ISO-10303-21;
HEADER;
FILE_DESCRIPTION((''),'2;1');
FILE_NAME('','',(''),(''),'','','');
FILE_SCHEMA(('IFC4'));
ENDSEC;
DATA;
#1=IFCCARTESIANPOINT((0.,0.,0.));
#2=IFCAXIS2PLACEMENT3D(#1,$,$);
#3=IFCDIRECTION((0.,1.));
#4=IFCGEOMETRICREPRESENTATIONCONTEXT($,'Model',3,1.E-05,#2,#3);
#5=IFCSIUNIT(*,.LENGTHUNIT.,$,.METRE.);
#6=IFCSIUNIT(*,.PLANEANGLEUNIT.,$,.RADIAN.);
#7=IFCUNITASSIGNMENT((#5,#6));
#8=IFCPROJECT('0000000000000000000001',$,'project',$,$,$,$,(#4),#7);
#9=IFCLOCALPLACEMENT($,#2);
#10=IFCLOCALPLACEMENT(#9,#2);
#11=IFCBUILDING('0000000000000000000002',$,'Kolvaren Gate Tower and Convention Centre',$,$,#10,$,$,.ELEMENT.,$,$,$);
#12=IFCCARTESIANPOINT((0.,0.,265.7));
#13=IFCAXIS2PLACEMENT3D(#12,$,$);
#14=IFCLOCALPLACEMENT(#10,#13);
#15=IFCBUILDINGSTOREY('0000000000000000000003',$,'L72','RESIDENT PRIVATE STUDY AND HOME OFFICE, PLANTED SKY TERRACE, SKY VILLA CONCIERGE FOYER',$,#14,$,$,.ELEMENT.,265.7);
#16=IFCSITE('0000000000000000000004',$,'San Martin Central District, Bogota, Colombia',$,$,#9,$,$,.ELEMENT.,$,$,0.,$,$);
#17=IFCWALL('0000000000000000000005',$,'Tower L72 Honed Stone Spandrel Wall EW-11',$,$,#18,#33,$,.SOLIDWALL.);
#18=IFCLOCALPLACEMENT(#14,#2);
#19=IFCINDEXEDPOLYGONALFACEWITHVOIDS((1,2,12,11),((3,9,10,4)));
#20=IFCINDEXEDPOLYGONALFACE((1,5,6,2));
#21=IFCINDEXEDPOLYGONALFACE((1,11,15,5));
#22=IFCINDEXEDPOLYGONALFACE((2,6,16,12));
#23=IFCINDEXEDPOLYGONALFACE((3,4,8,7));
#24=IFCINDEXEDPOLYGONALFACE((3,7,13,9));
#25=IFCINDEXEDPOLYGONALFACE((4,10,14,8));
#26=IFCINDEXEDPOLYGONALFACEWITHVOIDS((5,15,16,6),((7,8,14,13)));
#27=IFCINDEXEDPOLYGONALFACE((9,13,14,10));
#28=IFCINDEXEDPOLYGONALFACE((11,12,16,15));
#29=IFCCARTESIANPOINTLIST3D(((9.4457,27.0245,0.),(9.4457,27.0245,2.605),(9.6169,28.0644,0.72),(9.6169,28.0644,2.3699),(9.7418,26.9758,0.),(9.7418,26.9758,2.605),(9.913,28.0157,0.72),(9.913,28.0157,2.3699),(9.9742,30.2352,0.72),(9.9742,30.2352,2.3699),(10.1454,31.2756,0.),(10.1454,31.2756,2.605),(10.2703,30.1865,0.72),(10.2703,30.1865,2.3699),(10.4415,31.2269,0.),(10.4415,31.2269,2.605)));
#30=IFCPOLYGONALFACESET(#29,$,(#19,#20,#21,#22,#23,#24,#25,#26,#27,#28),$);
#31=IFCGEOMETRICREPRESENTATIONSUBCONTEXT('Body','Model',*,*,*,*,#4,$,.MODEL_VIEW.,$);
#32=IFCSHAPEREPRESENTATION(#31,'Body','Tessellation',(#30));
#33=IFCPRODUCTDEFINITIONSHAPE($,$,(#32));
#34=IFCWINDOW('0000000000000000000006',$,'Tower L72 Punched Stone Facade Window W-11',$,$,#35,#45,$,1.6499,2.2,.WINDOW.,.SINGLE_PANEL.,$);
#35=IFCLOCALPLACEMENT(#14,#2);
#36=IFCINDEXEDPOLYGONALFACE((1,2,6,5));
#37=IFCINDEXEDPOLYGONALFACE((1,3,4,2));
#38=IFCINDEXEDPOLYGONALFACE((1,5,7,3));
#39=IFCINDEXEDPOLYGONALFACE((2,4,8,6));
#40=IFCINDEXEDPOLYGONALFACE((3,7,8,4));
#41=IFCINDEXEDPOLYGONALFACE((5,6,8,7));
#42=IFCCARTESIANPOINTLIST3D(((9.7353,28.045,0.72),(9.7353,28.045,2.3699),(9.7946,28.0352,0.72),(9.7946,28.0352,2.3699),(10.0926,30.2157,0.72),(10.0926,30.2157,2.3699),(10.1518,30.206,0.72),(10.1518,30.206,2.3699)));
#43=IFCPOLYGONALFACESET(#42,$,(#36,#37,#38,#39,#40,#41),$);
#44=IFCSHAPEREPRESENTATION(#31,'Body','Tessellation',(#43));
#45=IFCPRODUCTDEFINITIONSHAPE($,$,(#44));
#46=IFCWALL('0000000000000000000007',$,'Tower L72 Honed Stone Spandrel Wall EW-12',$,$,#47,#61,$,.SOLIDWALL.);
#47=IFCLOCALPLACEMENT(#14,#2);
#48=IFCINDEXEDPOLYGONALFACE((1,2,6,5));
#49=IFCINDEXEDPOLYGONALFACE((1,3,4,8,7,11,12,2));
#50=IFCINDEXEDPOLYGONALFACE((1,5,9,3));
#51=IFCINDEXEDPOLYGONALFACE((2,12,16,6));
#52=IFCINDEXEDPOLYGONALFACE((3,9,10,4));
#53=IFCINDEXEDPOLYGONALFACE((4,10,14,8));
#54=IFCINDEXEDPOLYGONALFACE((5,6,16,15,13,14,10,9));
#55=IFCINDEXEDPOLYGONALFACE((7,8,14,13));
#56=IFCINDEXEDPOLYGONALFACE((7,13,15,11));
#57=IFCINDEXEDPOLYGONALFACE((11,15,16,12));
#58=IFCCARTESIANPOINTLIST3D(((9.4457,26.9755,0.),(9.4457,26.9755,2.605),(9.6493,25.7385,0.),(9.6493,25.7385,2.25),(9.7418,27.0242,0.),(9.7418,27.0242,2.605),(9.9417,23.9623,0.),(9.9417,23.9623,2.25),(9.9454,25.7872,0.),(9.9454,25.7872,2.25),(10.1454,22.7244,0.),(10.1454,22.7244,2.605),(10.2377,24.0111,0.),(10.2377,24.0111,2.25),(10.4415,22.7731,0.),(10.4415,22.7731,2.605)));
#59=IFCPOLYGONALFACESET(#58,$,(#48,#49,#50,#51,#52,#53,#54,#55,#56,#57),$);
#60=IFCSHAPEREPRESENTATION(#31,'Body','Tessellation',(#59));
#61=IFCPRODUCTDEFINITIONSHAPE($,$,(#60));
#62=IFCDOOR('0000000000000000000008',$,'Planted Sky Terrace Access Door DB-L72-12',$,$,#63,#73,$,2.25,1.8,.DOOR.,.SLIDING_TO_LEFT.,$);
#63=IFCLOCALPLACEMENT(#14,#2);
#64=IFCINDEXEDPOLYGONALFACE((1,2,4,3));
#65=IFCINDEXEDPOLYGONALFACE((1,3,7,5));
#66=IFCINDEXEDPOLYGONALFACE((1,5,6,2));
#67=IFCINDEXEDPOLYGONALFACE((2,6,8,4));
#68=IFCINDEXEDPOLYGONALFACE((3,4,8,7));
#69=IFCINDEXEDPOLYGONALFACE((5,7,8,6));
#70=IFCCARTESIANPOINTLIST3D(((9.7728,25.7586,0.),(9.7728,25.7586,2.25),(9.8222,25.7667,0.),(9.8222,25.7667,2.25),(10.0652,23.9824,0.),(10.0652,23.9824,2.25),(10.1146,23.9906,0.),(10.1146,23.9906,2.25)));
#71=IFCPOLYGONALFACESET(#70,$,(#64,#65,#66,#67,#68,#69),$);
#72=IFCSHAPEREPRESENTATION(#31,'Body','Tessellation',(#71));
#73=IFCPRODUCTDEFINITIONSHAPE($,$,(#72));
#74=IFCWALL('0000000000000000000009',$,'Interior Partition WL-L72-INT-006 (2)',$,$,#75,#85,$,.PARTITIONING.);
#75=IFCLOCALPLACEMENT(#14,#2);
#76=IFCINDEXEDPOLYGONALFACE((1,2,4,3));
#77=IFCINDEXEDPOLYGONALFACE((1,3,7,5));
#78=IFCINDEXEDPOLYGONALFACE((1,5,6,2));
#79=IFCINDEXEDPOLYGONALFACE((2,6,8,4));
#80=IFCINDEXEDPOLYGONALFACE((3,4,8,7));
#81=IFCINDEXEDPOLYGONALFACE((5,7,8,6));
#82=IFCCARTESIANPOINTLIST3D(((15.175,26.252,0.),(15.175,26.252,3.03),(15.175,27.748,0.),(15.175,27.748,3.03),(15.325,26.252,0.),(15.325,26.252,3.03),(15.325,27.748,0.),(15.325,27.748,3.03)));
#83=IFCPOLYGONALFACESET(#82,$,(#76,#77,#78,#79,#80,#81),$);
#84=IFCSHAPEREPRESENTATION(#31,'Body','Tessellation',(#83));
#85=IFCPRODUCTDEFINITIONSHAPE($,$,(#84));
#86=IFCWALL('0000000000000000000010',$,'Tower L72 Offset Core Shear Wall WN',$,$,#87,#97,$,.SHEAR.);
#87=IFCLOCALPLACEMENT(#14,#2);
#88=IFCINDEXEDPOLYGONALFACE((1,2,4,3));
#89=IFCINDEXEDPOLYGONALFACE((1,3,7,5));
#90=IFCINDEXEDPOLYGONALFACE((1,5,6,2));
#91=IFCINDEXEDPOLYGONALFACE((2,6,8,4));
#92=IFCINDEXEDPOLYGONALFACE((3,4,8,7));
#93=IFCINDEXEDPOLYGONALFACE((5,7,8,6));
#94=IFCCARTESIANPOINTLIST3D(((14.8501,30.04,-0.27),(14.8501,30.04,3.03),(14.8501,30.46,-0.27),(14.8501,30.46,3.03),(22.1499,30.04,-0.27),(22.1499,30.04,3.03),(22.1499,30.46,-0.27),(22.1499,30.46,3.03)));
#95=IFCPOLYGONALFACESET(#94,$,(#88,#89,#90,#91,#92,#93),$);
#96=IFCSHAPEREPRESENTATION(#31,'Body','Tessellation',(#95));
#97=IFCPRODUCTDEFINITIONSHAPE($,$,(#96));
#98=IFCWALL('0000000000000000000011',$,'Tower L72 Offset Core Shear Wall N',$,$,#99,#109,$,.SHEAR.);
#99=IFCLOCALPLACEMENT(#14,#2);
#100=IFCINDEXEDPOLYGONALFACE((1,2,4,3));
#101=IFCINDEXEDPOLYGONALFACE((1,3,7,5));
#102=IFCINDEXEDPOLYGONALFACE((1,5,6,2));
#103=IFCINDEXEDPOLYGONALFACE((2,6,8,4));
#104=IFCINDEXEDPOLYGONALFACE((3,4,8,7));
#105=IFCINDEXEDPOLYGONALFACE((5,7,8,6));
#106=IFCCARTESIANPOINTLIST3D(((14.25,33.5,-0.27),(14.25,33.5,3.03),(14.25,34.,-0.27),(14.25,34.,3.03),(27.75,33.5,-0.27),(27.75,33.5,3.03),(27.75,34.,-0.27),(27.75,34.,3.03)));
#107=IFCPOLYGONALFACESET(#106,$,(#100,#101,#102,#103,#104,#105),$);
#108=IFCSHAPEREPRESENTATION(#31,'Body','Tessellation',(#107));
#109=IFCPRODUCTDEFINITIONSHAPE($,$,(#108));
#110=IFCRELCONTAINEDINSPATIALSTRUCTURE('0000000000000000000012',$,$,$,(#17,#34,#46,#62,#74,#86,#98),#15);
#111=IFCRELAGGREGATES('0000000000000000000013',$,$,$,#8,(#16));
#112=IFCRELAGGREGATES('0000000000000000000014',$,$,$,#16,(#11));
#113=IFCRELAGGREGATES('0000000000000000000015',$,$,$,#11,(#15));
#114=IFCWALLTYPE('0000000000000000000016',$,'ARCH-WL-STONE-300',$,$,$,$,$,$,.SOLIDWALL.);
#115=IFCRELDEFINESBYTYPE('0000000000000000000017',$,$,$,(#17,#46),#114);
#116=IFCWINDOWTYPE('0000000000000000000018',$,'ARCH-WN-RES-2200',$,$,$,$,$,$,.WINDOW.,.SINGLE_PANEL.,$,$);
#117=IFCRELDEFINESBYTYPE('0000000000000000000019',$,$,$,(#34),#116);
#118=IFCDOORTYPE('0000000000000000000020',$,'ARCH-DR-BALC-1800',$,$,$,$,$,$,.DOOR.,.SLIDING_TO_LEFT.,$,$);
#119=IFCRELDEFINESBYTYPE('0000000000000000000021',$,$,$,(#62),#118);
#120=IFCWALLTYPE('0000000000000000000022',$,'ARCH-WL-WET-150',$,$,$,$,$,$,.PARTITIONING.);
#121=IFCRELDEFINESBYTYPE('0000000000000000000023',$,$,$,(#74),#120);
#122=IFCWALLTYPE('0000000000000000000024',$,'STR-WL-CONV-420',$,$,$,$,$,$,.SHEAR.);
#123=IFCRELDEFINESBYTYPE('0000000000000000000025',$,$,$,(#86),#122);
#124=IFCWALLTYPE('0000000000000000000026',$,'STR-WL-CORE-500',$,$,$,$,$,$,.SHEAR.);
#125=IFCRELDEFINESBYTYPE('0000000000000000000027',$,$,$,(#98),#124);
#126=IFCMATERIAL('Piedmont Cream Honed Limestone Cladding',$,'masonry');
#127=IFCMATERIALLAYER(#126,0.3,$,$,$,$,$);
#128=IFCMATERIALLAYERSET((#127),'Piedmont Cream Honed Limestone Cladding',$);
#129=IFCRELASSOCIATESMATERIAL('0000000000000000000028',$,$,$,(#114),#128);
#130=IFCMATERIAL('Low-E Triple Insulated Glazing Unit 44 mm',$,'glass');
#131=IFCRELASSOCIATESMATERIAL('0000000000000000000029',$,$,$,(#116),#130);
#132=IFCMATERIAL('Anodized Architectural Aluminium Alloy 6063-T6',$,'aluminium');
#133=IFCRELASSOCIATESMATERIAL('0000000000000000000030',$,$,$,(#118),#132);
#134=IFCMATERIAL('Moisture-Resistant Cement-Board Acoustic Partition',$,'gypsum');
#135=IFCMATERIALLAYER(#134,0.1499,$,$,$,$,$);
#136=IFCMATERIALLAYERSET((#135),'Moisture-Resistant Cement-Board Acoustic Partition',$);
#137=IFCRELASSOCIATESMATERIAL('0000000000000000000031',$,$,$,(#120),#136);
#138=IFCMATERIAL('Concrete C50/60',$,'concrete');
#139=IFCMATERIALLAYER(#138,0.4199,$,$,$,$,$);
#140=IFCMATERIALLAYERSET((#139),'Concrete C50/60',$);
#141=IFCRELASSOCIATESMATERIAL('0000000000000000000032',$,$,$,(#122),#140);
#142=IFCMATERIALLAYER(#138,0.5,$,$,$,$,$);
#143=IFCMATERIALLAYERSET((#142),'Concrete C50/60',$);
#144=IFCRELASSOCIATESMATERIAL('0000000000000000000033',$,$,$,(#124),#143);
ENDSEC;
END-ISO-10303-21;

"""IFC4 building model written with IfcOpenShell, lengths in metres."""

from ifc_helpers import new_model, si_unit, direction, frame, frame_2d, origin, place, context, subcontext, project, spatial, rectangle, extrude, material, layer, layer_set, type_object, element, fill, save


model = new_model("IFC4")

# Units and contexts
model_context = context("Model", 3, precision=1e-05, world=origin(), true_north=direction((0.0, 1.0)))
body_context = subcontext(model_context, "Body", "Model", "MODEL_VIEW")
ifc_project = project(units=[si_unit("LENGTHUNIT", "METRE"), si_unit("PLANEANGLEUNIT", "RADIAN")], contexts=[model_context])

# Site, building, storey
site_placement = place(None, origin())
site = spatial("IfcSite", under=ifc_project, at=site_placement, Name="San Martin Central District, Bogota, Colombia", CompositionType="ELEMENT", RefElevation=0.0)
building_placement = place(site_placement, origin())
building = spatial("IfcBuilding", under=site, at=building_placement, Name="Kolvaren Gate Tower and Convention Centre", CompositionType="ELEMENT")
storey_placement = place(building_placement, frame((0.0, 0.0, 265.7)))
storey = spatial("IfcBuildingStorey", under=building, at=storey_placement, Name="L72", Description="RESIDENT PRIVATE STUDY AND HOME OFFICE, PLANTED SKY TERRACE, SKY VILLA CONCIERGE FOYER", CompositionType="ELEMENT", Elevation=265.7)

# Shared definitions
ifc_material_1 = material(Name="Piedmont Cream Honed Limestone Cladding", Category="masonry")

# Wall, opening, window
ifc_layer_1 = layer(ifc_material_1, 0.3)
ifc_layer_set_1 = layer_set([ifc_layer_1], Name="Piedmont Cream Honed Limestone Cladding")
wall_type_1 = type_object("IfcWallType", Name="ARCH-WL-STONE-300", PredefinedType="SOLIDWALL", material=ifc_layer_set_1)
ifc_material_2 = material(Name="Low-E Triple Insulated Glazing Unit 44 mm", Category="glass")
wall_1_placement = place(storey_placement, frame((9.5938, 27.0, 0.0), z_axis=(0.0, 0.0, 1.0), x_axis=(0.162405, 0.986724, 0.0)))
wall_1 = element("IfcWall", 1, at=wall_1_placement, inside=storey, type_object=wall_type_1, Name="Tower L72 Honed Stone Spandrel Wall EW-11", PredefinedType="SOLIDWALL", context=body_context, shape_type="SweptSolid", body=[
    extrude(rectangle(XDim=4.3083, YDim=0.3, at=frame_2d((2.1543, 0.0))), origin(), (0.0, 0.0, 1.0), 2.605),
])
opening_1_placement = place(wall_1_placement, frame((1.054, 0.0, 0.72)))
opening_1 = element("IfcOpeningElement", 2, at=opening_1_placement, cuts=wall_1, PredefinedType="OPENING", context=body_context, shape_type="SweptSolid", body=[
    extrude(rectangle(XDim=2.2, YDim=1.6499, at=frame_2d((1.1001, 0.825))), frame((0.0, 0.1599, 0.0), z_axis=(0.0, -1.0, 0.0), x_axis=(1.0, 0.0, 0.0)), (0.0, 0.0, 1.0), 0.3201),
])
window_type_1 = type_object("IfcWindowType", Name="ARCH-WN-RES-2200", PartitioningType="SINGLE_PANEL", PredefinedType="WINDOW", material=ifc_material_2)
window_1_placement = place(opening_1_placement, origin())
window_1 = element("IfcWindow", 3, at=window_1_placement, inside=storey, type_object=window_type_1, Name="Tower L72 Punched Stone Facade Window W-11", OverallHeight=1.6499, OverallWidth=2.2, PartitioningType="SINGLE_PANEL", PredefinedType="WINDOW", context=body_context, shape_type="SweptSolid", body=[
    extrude(rectangle(XDim=2.2, YDim=1.6499, at=frame_2d((1.1001, 0.825))), frame((0.0, 0.03, 0.0), z_axis=(0.0, -1.0, 0.0), x_axis=(1.0, 0.0, 0.0)), (0.0, 0.0, 1.0), 0.0601),
])
fill(opening_1, window_1)

# Wall, opening, door
wall_2_placement = place(storey_placement, frame((9.5938, 27.0, 0.0), z_axis=(0.0, 0.0, 1.0), x_axis=(0.162405, -0.986724, 0.0)))
wall_2 = element("IfcWall", 4, at=wall_2_placement, inside=storey, type_object=wall_type_1, Name="Tower L72 Honed Stone Spandrel Wall EW-12", PredefinedType="SOLIDWALL", context=body_context, shape_type="SweptSolid", body=[
    extrude(rectangle(XDim=4.3083, YDim=0.3, at=frame_2d((2.1543, 0.0))), origin(), (0.0, 0.0, 1.0), 2.605),
])
opening_2_placement = place(wall_2_placement, frame((1.2539, 0.0, 0.0)))
opening_2 = element("IfcOpeningElement", 5, at=opening_2_placement, cuts=wall_2, PredefinedType="OPENING", context=body_context, shape_type="SweptSolid", body=[
    extrude(rectangle(XDim=1.8, YDim=2.25, at=frame_2d((0.8999, 1.125))), frame((0.0, 0.1599, 0.0), z_axis=(0.0, -1.0, 0.0), x_axis=(1.0, 0.0, 0.0)), (0.0, 0.0, 1.0), 0.3201),
])
ifc_material_3 = material(Name="Anodized Architectural Aluminium Alloy 6063-T6", Category="aluminium")
door_type_1 = type_object("IfcDoorType", Name="ARCH-DR-BALC-1800", OperationType="SLIDING_TO_LEFT", PredefinedType="DOOR", material=ifc_material_3)
door_1_placement = place(opening_2_placement, frame((1.8, 0.0, 0.0), z_axis=(0.0, 0.0, 1.0), x_axis=(-1.0, 0.0, 0.0)))
door_1 = element("IfcDoor", 6, at=door_1_placement, inside=storey, type_object=door_type_1, Name="Planted Sky Terrace Access Door DB-L72-12", OperationType="SLIDING_TO_LEFT", OverallHeight=2.25, OverallWidth=1.8, PredefinedType="DOOR", context=body_context, shape_type="SweptSolid", body=[
    extrude(rectangle(XDim=1.8, YDim=2.25, at=frame_2d((0.8999, 1.125))), frame((0.0, 0.0249, 0.0), z_axis=(0.0, -1.0, 0.0), x_axis=(1.0, 0.0, 0.0)), (0.0, 0.0, 1.0), 0.05),
])
fill(opening_2, door_1)

# Walls
ifc_material_4 = material(Name="Moisture-Resistant Cement-Board Acoustic Partition", Category="gypsum")
ifc_layer_2 = layer(ifc_material_4, 0.1499)
ifc_layer_set_2 = layer_set([ifc_layer_2], Name="Moisture-Resistant Cement-Board Acoustic Partition")
wall_type_2 = type_object("IfcWallType", Name="ARCH-WL-WET-150", PredefinedType="PARTITIONING", material=ifc_layer_set_2)
wall_3_placement = place(storey_placement, frame((15.25, 26.252, 0.0), z_axis=(0.0, 0.0, 1.0), x_axis=(0.0, 1.0, 0.0)))
element("IfcWall", 7, at=wall_3_placement, inside=storey, type_object=wall_type_2, Name="Interior Partition WL-L72-INT-006 (2)", PredefinedType="PARTITIONING", context=body_context, shape_type="SweptSolid", body=[
    extrude(rectangle(XDim=1.4961, YDim=0.1499, at=frame_2d((0.748, 0.0))), origin(), (0.0, 0.0, 1.0), 3.03),
])
ifc_material_5 = material(Name="Concrete C50/60", Category="concrete")
ifc_layer_3 = layer(ifc_material_5, 0.4199)
ifc_layer_set_3 = layer_set([ifc_layer_3], Name="Concrete C50/60")
wall_type_3 = type_object("IfcWallType", Name="STR-WL-CONV-420", PredefinedType="SHEAR", material=ifc_layer_set_3)
wall_4_placement = place(storey_placement, frame((14.8501, 30.25, -0.27), z_axis=(0.0, 0.0, 1.0), x_axis=(1.0, 0.0, 0.0)))
element("IfcWall", 8, at=wall_4_placement, inside=storey, type_object=wall_type_3, Name="Tower L72 Offset Core Shear Wall WN", PredefinedType="SHEAR", context=body_context, shape_type="SweptSolid", body=[
    extrude(rectangle(XDim=7.2998, YDim=0.4199, at=frame_2d((3.6499, 0.0))), origin(), (0.0, 0.0, 1.0), 3.3),
])
ifc_layer_4 = layer(ifc_material_5, 0.5)
ifc_layer_set_4 = layer_set([ifc_layer_4], Name="Concrete C50/60")
wall_type_4 = type_object("IfcWallType", Name="STR-WL-CORE-500", PredefinedType="SHEAR", material=ifc_layer_set_4)
wall_5_placement = place(storey_placement, frame((14.25, 33.75, -0.27), z_axis=(0.0, 0.0, 1.0), x_axis=(1.0, 0.0, 0.0)))
element("IfcWall", 9, at=wall_5_placement, inside=storey, type_object=wall_type_4, Name="Tower L72 Offset Core Shear Wall N", PredefinedType="SHEAR", context=body_context, shape_type="SweptSolid", body=[
    extrude(rectangle(XDim=13.5, YDim=0.5, at=frame_2d((6.75, 0.0))), origin(), (0.0, 0.0, 1.0), 3.3),
])

save(model, "model.ifc")
